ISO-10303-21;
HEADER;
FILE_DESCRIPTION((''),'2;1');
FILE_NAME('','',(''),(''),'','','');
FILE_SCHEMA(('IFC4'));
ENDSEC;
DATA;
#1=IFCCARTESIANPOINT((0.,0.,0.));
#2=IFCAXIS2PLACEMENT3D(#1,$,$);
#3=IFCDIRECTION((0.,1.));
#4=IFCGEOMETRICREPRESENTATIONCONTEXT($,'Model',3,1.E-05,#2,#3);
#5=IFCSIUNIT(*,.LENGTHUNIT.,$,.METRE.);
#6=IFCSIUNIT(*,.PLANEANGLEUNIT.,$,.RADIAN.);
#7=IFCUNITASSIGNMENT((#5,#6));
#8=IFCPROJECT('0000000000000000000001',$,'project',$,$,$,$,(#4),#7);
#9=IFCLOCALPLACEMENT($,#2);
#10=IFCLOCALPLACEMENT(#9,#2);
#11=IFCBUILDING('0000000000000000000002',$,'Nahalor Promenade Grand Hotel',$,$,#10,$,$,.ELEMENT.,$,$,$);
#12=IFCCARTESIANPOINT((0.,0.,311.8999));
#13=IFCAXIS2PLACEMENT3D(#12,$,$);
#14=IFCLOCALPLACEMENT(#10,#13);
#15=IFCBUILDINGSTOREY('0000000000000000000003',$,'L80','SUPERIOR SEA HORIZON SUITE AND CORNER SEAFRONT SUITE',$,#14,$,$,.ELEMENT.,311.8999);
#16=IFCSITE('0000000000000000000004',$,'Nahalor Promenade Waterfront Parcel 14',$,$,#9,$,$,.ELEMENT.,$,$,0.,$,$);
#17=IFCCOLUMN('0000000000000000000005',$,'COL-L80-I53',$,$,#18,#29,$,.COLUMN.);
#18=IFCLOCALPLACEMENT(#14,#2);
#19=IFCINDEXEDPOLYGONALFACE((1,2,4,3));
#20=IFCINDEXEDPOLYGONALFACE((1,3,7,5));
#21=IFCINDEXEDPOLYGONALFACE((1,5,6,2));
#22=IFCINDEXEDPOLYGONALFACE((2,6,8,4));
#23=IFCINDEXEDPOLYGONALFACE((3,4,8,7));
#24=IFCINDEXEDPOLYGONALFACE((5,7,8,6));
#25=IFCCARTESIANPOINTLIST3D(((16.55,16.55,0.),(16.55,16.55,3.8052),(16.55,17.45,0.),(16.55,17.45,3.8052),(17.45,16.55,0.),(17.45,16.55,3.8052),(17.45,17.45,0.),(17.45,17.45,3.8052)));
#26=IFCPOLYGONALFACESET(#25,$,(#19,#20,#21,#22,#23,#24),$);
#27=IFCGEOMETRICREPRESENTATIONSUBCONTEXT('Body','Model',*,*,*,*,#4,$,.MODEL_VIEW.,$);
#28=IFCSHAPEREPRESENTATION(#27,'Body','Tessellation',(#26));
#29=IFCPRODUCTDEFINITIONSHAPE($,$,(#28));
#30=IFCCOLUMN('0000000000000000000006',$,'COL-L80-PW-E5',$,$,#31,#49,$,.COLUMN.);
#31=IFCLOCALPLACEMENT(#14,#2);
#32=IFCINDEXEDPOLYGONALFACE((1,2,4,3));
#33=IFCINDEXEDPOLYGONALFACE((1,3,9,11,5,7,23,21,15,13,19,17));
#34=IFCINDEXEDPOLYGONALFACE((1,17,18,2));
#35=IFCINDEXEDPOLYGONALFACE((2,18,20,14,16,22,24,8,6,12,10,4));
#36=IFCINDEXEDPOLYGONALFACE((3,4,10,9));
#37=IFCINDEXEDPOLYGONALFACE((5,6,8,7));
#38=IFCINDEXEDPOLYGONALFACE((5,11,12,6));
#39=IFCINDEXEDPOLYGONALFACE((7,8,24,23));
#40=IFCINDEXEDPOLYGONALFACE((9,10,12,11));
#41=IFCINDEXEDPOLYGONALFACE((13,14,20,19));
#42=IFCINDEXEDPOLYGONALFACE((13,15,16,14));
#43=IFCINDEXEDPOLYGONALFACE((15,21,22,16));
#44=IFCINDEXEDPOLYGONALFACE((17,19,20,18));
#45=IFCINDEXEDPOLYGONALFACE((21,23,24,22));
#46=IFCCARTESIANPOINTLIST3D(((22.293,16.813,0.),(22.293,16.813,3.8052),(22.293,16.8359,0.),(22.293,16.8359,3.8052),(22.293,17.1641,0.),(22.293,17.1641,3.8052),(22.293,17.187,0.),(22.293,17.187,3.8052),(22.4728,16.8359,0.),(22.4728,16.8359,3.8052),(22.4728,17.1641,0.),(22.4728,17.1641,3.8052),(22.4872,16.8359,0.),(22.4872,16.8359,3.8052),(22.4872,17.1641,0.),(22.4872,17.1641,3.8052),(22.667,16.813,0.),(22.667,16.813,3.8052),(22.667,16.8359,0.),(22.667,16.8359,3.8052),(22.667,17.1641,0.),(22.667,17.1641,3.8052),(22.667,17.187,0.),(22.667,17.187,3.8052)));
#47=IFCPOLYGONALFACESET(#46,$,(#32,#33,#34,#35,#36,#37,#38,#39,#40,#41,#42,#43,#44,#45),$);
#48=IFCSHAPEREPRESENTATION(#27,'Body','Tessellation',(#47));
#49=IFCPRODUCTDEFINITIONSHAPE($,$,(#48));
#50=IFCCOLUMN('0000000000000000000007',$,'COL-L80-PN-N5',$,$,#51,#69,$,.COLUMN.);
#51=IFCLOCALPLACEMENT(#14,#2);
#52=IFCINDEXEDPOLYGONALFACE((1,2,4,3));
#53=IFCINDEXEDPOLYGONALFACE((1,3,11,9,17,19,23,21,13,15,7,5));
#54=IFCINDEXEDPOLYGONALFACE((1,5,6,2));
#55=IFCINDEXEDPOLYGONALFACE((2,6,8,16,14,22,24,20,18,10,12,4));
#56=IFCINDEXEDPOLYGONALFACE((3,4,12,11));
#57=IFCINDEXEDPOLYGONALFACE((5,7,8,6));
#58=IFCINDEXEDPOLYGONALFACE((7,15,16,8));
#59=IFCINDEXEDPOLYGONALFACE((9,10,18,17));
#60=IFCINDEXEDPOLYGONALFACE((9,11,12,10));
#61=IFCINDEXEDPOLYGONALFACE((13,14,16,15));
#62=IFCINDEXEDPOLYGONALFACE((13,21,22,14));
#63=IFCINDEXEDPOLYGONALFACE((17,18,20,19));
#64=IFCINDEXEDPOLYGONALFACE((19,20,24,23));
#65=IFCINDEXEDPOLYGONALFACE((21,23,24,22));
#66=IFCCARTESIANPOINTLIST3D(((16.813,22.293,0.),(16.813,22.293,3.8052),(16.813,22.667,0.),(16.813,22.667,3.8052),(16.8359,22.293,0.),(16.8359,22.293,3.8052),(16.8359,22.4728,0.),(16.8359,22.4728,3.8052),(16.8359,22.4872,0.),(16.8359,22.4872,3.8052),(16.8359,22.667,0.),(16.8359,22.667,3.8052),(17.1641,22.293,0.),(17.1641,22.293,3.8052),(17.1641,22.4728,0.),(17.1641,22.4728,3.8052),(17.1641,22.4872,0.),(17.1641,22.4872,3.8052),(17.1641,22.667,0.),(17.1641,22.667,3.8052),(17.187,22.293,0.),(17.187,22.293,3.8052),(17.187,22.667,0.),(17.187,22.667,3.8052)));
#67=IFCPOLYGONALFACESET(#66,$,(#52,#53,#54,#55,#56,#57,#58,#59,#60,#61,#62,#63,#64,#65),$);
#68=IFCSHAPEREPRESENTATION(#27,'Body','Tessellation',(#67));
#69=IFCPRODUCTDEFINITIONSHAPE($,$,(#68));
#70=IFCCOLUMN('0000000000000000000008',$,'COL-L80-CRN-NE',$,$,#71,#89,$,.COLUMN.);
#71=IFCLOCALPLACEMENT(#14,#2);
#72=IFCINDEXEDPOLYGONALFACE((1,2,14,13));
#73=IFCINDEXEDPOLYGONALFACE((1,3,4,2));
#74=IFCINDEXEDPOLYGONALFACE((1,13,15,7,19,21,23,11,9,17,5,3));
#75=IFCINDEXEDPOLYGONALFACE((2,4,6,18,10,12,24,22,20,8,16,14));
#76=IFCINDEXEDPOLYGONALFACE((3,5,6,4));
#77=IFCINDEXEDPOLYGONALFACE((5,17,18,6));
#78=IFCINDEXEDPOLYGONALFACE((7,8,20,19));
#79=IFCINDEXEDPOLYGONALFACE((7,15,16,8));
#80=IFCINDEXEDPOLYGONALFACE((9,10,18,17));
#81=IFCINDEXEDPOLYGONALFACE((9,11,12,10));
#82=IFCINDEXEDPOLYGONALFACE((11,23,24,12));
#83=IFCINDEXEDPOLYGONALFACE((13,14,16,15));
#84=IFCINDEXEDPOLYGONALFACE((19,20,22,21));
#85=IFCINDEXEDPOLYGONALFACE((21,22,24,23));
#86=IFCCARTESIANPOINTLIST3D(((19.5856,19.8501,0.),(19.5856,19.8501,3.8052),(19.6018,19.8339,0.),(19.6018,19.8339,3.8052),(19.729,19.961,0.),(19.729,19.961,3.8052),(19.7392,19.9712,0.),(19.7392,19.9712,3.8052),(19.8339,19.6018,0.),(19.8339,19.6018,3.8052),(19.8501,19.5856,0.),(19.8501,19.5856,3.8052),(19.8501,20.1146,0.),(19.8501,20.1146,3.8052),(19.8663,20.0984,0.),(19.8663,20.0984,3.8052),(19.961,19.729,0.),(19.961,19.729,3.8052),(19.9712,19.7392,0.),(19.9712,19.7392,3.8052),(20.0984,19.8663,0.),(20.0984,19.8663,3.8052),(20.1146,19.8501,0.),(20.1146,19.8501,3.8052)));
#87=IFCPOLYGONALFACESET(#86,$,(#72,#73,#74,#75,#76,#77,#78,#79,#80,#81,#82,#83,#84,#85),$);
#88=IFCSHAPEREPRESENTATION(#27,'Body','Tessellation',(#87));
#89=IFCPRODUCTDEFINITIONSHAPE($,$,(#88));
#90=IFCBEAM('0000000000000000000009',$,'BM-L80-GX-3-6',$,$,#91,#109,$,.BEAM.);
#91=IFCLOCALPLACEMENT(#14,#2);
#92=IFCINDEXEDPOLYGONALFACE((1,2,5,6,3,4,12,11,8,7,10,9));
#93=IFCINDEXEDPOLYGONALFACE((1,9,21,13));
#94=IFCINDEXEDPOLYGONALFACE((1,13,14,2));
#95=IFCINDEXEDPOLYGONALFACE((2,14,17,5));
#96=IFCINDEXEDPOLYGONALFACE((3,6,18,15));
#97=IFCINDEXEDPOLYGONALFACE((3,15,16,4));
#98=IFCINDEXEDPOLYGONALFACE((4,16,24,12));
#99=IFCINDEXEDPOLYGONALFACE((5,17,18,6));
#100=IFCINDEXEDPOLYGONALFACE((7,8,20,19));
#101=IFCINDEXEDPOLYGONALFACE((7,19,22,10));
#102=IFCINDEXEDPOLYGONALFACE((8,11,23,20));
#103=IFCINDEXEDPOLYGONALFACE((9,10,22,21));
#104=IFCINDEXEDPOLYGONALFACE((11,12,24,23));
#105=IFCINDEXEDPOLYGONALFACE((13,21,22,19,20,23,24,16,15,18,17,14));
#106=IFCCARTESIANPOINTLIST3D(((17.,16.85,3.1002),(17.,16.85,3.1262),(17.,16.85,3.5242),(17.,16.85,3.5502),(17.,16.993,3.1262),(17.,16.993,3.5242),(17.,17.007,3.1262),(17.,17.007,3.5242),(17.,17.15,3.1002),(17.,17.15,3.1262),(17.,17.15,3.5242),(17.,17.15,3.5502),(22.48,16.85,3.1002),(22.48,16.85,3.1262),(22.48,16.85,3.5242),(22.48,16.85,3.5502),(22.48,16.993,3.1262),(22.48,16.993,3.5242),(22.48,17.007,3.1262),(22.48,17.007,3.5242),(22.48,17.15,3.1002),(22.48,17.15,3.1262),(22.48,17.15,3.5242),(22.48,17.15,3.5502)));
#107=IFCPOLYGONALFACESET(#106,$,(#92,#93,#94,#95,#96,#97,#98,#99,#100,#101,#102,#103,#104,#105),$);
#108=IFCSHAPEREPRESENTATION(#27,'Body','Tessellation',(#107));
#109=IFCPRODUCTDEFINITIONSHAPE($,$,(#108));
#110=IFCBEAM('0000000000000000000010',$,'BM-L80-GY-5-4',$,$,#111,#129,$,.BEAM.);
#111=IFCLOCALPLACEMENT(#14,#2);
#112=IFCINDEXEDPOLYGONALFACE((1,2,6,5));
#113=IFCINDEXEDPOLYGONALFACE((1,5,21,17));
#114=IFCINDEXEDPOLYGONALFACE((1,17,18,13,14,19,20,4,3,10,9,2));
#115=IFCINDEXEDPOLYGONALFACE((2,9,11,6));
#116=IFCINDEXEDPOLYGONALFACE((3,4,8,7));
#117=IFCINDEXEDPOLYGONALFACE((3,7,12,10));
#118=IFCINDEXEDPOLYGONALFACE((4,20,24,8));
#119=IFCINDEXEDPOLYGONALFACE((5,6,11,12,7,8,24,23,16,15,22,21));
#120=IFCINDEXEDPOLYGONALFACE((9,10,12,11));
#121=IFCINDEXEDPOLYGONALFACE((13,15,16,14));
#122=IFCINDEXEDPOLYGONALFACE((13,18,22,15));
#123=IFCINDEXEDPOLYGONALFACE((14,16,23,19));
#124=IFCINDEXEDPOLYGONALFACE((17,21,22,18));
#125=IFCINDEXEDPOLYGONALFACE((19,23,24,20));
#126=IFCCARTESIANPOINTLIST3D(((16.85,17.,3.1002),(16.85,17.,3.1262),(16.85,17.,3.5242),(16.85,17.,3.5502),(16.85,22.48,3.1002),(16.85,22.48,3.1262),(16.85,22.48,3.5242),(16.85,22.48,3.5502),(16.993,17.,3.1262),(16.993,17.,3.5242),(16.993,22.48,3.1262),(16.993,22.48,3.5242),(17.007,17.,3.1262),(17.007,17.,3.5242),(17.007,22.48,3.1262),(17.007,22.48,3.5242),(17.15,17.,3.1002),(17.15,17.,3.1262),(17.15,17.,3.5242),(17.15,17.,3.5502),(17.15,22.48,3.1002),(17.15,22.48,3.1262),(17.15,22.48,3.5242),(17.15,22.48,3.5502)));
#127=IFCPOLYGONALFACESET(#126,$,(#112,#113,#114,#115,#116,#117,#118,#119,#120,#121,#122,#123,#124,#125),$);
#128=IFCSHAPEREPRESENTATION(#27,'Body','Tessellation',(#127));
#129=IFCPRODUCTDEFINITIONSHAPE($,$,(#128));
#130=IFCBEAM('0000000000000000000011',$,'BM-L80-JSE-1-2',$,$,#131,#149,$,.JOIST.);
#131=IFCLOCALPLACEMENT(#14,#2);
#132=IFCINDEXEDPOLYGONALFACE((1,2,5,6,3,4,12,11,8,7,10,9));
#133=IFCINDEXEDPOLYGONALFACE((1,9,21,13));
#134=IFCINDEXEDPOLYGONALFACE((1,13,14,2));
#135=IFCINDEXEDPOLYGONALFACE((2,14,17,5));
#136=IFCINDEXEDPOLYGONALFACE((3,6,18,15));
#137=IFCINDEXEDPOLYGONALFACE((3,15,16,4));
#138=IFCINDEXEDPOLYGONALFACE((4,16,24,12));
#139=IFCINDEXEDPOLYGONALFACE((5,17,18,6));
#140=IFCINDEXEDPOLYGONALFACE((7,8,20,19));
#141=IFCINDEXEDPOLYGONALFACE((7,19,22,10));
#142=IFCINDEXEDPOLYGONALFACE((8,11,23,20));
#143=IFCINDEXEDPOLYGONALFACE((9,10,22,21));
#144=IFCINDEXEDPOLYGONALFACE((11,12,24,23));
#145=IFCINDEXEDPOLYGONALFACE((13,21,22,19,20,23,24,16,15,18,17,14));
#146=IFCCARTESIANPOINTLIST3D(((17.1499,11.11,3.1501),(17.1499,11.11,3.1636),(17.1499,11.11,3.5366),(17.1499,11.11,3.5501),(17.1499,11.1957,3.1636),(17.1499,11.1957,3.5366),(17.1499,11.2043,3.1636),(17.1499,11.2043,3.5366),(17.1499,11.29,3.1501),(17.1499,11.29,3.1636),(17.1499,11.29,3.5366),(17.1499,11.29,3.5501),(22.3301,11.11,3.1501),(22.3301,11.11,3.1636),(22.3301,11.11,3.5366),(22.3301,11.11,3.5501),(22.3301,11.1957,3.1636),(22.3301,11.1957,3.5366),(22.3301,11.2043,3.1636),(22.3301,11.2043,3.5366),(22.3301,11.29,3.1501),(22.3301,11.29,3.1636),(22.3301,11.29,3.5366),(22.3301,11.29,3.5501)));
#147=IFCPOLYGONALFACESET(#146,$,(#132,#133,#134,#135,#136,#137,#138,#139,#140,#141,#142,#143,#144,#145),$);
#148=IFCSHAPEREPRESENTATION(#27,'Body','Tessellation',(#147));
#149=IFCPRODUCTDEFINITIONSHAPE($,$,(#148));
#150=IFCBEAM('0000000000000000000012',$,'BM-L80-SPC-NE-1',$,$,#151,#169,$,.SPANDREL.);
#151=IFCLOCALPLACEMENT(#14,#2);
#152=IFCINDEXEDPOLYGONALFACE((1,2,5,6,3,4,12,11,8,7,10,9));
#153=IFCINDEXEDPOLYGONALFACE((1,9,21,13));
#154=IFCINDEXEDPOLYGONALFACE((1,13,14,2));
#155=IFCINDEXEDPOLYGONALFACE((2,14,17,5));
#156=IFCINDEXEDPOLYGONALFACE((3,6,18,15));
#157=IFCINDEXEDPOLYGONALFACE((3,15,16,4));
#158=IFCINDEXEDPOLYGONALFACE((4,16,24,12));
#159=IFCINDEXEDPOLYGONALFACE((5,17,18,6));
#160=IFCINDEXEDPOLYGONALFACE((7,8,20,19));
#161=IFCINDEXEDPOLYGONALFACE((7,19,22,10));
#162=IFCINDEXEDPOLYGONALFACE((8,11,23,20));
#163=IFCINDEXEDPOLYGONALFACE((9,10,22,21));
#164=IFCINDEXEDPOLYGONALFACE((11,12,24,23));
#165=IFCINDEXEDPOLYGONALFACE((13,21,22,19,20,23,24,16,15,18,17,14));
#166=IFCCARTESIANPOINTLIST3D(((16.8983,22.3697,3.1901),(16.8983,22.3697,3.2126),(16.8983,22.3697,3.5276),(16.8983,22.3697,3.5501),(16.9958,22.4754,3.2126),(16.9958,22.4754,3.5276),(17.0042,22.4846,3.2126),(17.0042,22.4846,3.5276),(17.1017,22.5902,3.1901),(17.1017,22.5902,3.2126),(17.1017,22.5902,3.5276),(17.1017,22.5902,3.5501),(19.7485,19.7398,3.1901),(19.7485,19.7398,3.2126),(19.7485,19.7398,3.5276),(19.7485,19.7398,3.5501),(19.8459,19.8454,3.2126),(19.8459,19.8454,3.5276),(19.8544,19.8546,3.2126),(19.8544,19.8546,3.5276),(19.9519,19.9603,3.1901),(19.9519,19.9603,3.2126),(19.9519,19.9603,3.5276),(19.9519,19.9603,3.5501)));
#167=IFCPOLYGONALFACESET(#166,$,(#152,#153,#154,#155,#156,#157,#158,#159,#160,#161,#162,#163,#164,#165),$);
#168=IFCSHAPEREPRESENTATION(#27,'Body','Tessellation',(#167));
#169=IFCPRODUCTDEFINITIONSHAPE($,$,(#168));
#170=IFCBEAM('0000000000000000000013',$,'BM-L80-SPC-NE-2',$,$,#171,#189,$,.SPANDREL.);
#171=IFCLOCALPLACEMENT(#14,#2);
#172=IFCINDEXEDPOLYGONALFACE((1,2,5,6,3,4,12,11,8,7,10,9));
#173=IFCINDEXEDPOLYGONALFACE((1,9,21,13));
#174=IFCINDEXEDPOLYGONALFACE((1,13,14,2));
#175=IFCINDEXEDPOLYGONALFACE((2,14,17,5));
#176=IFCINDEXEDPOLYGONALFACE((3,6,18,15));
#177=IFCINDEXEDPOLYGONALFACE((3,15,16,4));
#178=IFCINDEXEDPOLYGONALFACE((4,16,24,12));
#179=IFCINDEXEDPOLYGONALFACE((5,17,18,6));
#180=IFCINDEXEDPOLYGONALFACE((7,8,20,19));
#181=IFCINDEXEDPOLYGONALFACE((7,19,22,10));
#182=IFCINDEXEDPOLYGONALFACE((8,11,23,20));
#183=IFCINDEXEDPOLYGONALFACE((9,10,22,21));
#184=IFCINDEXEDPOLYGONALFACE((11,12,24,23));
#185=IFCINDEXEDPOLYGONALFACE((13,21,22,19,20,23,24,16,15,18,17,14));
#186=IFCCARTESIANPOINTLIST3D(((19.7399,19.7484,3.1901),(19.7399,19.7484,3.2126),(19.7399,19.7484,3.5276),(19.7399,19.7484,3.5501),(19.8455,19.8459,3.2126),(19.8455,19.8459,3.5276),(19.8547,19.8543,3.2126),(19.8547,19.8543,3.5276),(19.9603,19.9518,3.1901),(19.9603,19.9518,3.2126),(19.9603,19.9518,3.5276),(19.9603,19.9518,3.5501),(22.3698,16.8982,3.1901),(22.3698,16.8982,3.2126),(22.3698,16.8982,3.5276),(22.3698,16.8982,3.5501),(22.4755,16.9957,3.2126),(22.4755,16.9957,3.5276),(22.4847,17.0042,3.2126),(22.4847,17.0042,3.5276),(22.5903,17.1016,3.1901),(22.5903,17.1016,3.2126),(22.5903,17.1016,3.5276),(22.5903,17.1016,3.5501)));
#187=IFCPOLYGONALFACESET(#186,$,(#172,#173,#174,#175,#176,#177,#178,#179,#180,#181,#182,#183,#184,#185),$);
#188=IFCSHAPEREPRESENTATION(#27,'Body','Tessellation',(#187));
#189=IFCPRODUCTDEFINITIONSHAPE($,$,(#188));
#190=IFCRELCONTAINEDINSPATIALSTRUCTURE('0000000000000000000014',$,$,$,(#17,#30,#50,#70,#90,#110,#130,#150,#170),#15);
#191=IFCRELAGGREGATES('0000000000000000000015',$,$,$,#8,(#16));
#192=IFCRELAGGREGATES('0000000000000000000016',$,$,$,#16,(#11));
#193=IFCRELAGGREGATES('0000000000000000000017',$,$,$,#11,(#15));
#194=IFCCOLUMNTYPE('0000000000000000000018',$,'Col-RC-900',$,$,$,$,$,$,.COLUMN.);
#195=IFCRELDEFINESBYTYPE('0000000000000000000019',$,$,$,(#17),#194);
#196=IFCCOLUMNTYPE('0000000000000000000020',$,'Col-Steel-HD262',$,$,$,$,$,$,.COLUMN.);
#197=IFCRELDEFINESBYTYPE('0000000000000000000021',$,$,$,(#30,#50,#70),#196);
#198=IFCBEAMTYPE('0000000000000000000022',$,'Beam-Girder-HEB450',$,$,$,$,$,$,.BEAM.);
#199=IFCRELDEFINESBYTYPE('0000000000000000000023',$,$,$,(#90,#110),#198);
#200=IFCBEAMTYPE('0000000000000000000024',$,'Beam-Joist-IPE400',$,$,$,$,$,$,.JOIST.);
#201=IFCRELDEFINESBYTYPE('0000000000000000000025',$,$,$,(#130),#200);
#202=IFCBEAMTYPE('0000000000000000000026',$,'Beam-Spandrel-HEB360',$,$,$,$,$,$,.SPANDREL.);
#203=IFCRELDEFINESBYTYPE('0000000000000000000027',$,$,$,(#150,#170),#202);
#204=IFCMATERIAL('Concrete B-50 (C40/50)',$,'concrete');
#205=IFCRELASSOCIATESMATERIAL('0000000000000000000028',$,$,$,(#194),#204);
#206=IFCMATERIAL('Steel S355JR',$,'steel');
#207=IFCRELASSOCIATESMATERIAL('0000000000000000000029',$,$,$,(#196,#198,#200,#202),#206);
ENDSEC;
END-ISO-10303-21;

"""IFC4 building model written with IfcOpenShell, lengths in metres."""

from ifc_helpers import new_model, si_unit, direction, frame, origin, origin_2d, place, context, subcontext, project, spatial, rectangle, i_section, extrude, source, transform, mapped, material, material_profile, profile_set, type_object, element, save


model = new_model("IFC4")

# Units and contexts
model_context = context("Model", 3, precision=1e-05, world=origin(), true_north=direction((0.0, 1.0)))
body_context = subcontext(model_context, "Body", "Model", "MODEL_VIEW")
ifc_project = project(units=[si_unit("LENGTHUNIT", "METRE"), si_unit("PLANEANGLEUNIT", "RADIAN")], contexts=[model_context])

# Site, building, storey
site_placement = place(None, origin())
site = spatial("IfcSite", under=ifc_project, at=site_placement, Name="Nahalor Promenade Waterfront Parcel 14", CompositionType="ELEMENT", RefElevation=0.0)
building_placement = place(site_placement, origin())
building = spatial("IfcBuilding", under=site, at=building_placement, Name="Nahalor Promenade Grand Hotel", CompositionType="ELEMENT")
storey_placement = place(building_placement, frame((0.0, 0.0, 311.8999)))
storey = spatial("IfcBuildingStorey", under=building, at=storey_placement, Name="L80", Description="SUPERIOR SEA HORIZON SUITE AND CORNER SEAFRONT SUITE", CompositionType="ELEMENT", Elevation=311.8999)

# Columns
ifc_material_1 = material(Name="Concrete B-50 (C40/50)", Category="concrete")
ifc_material_profile_1 = material_profile(ifc_material_1, rectangle(XDim=0.9, YDim=0.9, at=origin_2d()), Name="RC 900x900")
ifc_profile_set_1 = profile_set([ifc_material_profile_1], Name="Concrete B-50 (C40/50)")
column_type_1 = type_object("IfcColumnType", Name="Col-RC-900", PredefinedType="COLUMN", material=ifc_profile_set_1)
shared_shape_1 = source(origin(), body_context, "Body", "SweptSolid", [
    extrude(rectangle(XDim=0.9, YDim=0.9, at=origin_2d()), origin(), (0.0, 0.0, 1.0), 3.8052),
])
column_placement = place(storey_placement, frame((17.0, 17.0, 0.0), z_axis=(0.0, 0.0, 1.0), x_axis=(1.0, 0.0, 0.0)))
element("IfcColumn", 1, at=column_placement, inside=storey, type_object=column_type_1, Name="COL-L80-I53", PredefinedType="COLUMN", context=body_context, shape_type="MappedRepresentation", body=[
    mapped(shared_shape_1, transform((0.0, 0.0, 0.0), scale=1.0)),
])
ifc_material_2 = material(Name="Steel S355JR", Category="steel")
ifc_material_profile_2 = material_profile(ifc_material_2, i_section(OverallWidth=0.374, OverallDepth=0.374, WebThickness=0.0144, FlangeThickness=0.0229, at=origin_2d()), Name="HD 360x262")
ifc_profile_set_2 = profile_set([ifc_material_profile_2], Name="Steel S355JR")
column_type_2 = type_object("IfcColumnType", Name="Col-Steel-HD262", PredefinedType="COLUMN", material=ifc_profile_set_2)
shared_shape_2 = source(origin(), body_context, "Body", "SweptSolid", [
    extrude(i_section(OverallWidth=0.374, OverallDepth=0.374, WebThickness=0.0144, FlangeThickness=0.0229, at=origin_2d()), origin(), (0.0, 0.0, 1.0), 3.8052),
])
for number, where, z_axis, x_axis, name in (
    (2, (22.48, 17.0, 0.0), (0.0, 0.0, 1.0), (1.0, 0.0, 0.0), "COL-L80-PW-E5"),
    (3, (17.0, 22.48, 0.0), (0.0, 0.0, 1.0), (0.0, 1.0, 0.0), "COL-L80-PN-N5"),
    (4, (19.8501, 19.8501, 0.0), (0.0, 0.0, 1.0), (0.707107, 0.707107, 0.0), "COL-L80-CRN-NE"),
):
    element("IfcColumn", number, at=place(storey_placement, frame(where, z_axis=z_axis, x_axis=x_axis)), inside=storey, type_object=column_type_2, Name=name, PredefinedType="COLUMN", context=body_context, shape_type="MappedRepresentation", body=[
        mapped(shared_shape_2, transform((0.0, 0.0, 0.0), scale=1.0)),
    ])

# Beams
ifc_material_profile_3 = material_profile(ifc_material_2, i_section(OverallWidth=0.3, OverallDepth=0.45, WebThickness=0.014, FlangeThickness=0.026, at=origin_2d()), Name="HEB 450")
ifc_profile_set_3 = profile_set([ifc_material_profile_3], Name="Steel S355JR")
beam_type_1 = type_object("IfcBeamType", Name="Beam-Girder-HEB450", PredefinedType="BEAM", material=ifc_profile_set_3)
shared_shape_3 = source(origin(), body_context, "Body", "SweptSolid", [
    extrude(i_section(OverallWidth=0.3, OverallDepth=0.45, WebThickness=0.014, FlangeThickness=0.026, at=origin_2d()), origin(), (0.0, 0.0, 1.0), 5.48),
])
for number, where, z_axis, x_axis, name in (
    (5, (17.0, 17.0, 3.3252), (1.0, 0.0, 0.0), (0.0, 1.0, 0.0), "BM-L80-GX-3-6"),
    (6, (17.0, 17.0, 3.3252), (0.0, 1.0, 0.0), (-1.0, 0.0, 0.0), "BM-L80-GY-5-4"),
):
    element("IfcBeam", number, at=place(storey_placement, frame(where, z_axis=z_axis, x_axis=x_axis)), inside=storey, type_object=beam_type_1, Name=name, PredefinedType="BEAM", context=body_context, shape_type="MappedRepresentation", body=[
        mapped(shared_shape_3, transform((0.0, 0.0, 0.0), scale=1.0)),
    ])
ifc_material_profile_4 = material_profile(ifc_material_2, i_section(OverallWidth=0.18, OverallDepth=0.4, WebThickness=0.0086, FlangeThickness=0.0135, at=origin_2d()), Name="IPE 400")
ifc_profile_set_4 = profile_set([ifc_material_profile_4], Name="Steel S355JR")
beam_type_2 = type_object("IfcBeamType", Name="Beam-Joist-IPE400", PredefinedType="JOIST", material=ifc_profile_set_4)
shared_shape_4 = source(origin(), body_context, "Body", "SweptSolid", [
    extrude(i_section(OverallWidth=0.18, OverallDepth=0.4, WebThickness=0.0086, FlangeThickness=0.0135, at=origin_2d()), origin(), (0.0, 0.0, 1.0), 5.1802),
])
beam_placement = place(storey_placement, frame((17.1499, 11.2, 3.3501), z_axis=(1.0, 0.0, 0.0), x_axis=(0.0, 1.0, 0.0)))
element("IfcBeam", 7, at=beam_placement, inside=storey, type_object=beam_type_2, Name="BM-L80-JSE-1-2", PredefinedType="JOIST", context=body_context, shape_type="MappedRepresentation", body=[
    mapped(shared_shape_4, transform((0.0, 0.0, 0.0), scale=1.0)),
])
ifc_material_profile_5 = material_profile(ifc_material_2, i_section(OverallWidth=0.3, OverallDepth=0.36, WebThickness=0.0125, FlangeThickness=0.0225, at=origin_2d()), Name="HEB 360")
ifc_profile_set_5 = profile_set([ifc_material_profile_5], Name="Steel S355JR")
beam_type_3 = type_object("IfcBeamType", Name="Beam-Spandrel-HEB360", PredefinedType="SPANDREL", material=ifc_profile_set_5)
shared_shape_5 = source(origin(), body_context, "Body", "SweptSolid", [
    extrude(i_section(OverallWidth=0.3, OverallDepth=0.36, WebThickness=0.0125, FlangeThickness=0.0225, at=origin_2d()), origin(), (0.0, 0.0, 1.0), 3.8782),
])
for number, where, z_axis, x_axis, name in (
    (8, (17.0, 22.48, 3.3701), (0.734929, -0.678144, 0.0), (0.678144, 0.734929, 0.0), "BM-L80-SPC-NE-1"),
    (9, (19.8501, 19.8501, 3.3701), (0.678144, -0.734929, 0.0), (0.734929, 0.678144, 0.0), "BM-L80-SPC-NE-2"),
):
    element("IfcBeam", number, at=place(storey_placement, frame(where, z_axis=z_axis, x_axis=x_axis)), inside=storey, type_object=beam_type_3, Name=name, PredefinedType="SPANDREL", context=body_context, shape_type="MappedRepresentation", body=[
        mapped(shared_shape_5, transform((0.0, 0.0, 0.0), scale=1.0)),
    ])

save(model, "model.ifc")
